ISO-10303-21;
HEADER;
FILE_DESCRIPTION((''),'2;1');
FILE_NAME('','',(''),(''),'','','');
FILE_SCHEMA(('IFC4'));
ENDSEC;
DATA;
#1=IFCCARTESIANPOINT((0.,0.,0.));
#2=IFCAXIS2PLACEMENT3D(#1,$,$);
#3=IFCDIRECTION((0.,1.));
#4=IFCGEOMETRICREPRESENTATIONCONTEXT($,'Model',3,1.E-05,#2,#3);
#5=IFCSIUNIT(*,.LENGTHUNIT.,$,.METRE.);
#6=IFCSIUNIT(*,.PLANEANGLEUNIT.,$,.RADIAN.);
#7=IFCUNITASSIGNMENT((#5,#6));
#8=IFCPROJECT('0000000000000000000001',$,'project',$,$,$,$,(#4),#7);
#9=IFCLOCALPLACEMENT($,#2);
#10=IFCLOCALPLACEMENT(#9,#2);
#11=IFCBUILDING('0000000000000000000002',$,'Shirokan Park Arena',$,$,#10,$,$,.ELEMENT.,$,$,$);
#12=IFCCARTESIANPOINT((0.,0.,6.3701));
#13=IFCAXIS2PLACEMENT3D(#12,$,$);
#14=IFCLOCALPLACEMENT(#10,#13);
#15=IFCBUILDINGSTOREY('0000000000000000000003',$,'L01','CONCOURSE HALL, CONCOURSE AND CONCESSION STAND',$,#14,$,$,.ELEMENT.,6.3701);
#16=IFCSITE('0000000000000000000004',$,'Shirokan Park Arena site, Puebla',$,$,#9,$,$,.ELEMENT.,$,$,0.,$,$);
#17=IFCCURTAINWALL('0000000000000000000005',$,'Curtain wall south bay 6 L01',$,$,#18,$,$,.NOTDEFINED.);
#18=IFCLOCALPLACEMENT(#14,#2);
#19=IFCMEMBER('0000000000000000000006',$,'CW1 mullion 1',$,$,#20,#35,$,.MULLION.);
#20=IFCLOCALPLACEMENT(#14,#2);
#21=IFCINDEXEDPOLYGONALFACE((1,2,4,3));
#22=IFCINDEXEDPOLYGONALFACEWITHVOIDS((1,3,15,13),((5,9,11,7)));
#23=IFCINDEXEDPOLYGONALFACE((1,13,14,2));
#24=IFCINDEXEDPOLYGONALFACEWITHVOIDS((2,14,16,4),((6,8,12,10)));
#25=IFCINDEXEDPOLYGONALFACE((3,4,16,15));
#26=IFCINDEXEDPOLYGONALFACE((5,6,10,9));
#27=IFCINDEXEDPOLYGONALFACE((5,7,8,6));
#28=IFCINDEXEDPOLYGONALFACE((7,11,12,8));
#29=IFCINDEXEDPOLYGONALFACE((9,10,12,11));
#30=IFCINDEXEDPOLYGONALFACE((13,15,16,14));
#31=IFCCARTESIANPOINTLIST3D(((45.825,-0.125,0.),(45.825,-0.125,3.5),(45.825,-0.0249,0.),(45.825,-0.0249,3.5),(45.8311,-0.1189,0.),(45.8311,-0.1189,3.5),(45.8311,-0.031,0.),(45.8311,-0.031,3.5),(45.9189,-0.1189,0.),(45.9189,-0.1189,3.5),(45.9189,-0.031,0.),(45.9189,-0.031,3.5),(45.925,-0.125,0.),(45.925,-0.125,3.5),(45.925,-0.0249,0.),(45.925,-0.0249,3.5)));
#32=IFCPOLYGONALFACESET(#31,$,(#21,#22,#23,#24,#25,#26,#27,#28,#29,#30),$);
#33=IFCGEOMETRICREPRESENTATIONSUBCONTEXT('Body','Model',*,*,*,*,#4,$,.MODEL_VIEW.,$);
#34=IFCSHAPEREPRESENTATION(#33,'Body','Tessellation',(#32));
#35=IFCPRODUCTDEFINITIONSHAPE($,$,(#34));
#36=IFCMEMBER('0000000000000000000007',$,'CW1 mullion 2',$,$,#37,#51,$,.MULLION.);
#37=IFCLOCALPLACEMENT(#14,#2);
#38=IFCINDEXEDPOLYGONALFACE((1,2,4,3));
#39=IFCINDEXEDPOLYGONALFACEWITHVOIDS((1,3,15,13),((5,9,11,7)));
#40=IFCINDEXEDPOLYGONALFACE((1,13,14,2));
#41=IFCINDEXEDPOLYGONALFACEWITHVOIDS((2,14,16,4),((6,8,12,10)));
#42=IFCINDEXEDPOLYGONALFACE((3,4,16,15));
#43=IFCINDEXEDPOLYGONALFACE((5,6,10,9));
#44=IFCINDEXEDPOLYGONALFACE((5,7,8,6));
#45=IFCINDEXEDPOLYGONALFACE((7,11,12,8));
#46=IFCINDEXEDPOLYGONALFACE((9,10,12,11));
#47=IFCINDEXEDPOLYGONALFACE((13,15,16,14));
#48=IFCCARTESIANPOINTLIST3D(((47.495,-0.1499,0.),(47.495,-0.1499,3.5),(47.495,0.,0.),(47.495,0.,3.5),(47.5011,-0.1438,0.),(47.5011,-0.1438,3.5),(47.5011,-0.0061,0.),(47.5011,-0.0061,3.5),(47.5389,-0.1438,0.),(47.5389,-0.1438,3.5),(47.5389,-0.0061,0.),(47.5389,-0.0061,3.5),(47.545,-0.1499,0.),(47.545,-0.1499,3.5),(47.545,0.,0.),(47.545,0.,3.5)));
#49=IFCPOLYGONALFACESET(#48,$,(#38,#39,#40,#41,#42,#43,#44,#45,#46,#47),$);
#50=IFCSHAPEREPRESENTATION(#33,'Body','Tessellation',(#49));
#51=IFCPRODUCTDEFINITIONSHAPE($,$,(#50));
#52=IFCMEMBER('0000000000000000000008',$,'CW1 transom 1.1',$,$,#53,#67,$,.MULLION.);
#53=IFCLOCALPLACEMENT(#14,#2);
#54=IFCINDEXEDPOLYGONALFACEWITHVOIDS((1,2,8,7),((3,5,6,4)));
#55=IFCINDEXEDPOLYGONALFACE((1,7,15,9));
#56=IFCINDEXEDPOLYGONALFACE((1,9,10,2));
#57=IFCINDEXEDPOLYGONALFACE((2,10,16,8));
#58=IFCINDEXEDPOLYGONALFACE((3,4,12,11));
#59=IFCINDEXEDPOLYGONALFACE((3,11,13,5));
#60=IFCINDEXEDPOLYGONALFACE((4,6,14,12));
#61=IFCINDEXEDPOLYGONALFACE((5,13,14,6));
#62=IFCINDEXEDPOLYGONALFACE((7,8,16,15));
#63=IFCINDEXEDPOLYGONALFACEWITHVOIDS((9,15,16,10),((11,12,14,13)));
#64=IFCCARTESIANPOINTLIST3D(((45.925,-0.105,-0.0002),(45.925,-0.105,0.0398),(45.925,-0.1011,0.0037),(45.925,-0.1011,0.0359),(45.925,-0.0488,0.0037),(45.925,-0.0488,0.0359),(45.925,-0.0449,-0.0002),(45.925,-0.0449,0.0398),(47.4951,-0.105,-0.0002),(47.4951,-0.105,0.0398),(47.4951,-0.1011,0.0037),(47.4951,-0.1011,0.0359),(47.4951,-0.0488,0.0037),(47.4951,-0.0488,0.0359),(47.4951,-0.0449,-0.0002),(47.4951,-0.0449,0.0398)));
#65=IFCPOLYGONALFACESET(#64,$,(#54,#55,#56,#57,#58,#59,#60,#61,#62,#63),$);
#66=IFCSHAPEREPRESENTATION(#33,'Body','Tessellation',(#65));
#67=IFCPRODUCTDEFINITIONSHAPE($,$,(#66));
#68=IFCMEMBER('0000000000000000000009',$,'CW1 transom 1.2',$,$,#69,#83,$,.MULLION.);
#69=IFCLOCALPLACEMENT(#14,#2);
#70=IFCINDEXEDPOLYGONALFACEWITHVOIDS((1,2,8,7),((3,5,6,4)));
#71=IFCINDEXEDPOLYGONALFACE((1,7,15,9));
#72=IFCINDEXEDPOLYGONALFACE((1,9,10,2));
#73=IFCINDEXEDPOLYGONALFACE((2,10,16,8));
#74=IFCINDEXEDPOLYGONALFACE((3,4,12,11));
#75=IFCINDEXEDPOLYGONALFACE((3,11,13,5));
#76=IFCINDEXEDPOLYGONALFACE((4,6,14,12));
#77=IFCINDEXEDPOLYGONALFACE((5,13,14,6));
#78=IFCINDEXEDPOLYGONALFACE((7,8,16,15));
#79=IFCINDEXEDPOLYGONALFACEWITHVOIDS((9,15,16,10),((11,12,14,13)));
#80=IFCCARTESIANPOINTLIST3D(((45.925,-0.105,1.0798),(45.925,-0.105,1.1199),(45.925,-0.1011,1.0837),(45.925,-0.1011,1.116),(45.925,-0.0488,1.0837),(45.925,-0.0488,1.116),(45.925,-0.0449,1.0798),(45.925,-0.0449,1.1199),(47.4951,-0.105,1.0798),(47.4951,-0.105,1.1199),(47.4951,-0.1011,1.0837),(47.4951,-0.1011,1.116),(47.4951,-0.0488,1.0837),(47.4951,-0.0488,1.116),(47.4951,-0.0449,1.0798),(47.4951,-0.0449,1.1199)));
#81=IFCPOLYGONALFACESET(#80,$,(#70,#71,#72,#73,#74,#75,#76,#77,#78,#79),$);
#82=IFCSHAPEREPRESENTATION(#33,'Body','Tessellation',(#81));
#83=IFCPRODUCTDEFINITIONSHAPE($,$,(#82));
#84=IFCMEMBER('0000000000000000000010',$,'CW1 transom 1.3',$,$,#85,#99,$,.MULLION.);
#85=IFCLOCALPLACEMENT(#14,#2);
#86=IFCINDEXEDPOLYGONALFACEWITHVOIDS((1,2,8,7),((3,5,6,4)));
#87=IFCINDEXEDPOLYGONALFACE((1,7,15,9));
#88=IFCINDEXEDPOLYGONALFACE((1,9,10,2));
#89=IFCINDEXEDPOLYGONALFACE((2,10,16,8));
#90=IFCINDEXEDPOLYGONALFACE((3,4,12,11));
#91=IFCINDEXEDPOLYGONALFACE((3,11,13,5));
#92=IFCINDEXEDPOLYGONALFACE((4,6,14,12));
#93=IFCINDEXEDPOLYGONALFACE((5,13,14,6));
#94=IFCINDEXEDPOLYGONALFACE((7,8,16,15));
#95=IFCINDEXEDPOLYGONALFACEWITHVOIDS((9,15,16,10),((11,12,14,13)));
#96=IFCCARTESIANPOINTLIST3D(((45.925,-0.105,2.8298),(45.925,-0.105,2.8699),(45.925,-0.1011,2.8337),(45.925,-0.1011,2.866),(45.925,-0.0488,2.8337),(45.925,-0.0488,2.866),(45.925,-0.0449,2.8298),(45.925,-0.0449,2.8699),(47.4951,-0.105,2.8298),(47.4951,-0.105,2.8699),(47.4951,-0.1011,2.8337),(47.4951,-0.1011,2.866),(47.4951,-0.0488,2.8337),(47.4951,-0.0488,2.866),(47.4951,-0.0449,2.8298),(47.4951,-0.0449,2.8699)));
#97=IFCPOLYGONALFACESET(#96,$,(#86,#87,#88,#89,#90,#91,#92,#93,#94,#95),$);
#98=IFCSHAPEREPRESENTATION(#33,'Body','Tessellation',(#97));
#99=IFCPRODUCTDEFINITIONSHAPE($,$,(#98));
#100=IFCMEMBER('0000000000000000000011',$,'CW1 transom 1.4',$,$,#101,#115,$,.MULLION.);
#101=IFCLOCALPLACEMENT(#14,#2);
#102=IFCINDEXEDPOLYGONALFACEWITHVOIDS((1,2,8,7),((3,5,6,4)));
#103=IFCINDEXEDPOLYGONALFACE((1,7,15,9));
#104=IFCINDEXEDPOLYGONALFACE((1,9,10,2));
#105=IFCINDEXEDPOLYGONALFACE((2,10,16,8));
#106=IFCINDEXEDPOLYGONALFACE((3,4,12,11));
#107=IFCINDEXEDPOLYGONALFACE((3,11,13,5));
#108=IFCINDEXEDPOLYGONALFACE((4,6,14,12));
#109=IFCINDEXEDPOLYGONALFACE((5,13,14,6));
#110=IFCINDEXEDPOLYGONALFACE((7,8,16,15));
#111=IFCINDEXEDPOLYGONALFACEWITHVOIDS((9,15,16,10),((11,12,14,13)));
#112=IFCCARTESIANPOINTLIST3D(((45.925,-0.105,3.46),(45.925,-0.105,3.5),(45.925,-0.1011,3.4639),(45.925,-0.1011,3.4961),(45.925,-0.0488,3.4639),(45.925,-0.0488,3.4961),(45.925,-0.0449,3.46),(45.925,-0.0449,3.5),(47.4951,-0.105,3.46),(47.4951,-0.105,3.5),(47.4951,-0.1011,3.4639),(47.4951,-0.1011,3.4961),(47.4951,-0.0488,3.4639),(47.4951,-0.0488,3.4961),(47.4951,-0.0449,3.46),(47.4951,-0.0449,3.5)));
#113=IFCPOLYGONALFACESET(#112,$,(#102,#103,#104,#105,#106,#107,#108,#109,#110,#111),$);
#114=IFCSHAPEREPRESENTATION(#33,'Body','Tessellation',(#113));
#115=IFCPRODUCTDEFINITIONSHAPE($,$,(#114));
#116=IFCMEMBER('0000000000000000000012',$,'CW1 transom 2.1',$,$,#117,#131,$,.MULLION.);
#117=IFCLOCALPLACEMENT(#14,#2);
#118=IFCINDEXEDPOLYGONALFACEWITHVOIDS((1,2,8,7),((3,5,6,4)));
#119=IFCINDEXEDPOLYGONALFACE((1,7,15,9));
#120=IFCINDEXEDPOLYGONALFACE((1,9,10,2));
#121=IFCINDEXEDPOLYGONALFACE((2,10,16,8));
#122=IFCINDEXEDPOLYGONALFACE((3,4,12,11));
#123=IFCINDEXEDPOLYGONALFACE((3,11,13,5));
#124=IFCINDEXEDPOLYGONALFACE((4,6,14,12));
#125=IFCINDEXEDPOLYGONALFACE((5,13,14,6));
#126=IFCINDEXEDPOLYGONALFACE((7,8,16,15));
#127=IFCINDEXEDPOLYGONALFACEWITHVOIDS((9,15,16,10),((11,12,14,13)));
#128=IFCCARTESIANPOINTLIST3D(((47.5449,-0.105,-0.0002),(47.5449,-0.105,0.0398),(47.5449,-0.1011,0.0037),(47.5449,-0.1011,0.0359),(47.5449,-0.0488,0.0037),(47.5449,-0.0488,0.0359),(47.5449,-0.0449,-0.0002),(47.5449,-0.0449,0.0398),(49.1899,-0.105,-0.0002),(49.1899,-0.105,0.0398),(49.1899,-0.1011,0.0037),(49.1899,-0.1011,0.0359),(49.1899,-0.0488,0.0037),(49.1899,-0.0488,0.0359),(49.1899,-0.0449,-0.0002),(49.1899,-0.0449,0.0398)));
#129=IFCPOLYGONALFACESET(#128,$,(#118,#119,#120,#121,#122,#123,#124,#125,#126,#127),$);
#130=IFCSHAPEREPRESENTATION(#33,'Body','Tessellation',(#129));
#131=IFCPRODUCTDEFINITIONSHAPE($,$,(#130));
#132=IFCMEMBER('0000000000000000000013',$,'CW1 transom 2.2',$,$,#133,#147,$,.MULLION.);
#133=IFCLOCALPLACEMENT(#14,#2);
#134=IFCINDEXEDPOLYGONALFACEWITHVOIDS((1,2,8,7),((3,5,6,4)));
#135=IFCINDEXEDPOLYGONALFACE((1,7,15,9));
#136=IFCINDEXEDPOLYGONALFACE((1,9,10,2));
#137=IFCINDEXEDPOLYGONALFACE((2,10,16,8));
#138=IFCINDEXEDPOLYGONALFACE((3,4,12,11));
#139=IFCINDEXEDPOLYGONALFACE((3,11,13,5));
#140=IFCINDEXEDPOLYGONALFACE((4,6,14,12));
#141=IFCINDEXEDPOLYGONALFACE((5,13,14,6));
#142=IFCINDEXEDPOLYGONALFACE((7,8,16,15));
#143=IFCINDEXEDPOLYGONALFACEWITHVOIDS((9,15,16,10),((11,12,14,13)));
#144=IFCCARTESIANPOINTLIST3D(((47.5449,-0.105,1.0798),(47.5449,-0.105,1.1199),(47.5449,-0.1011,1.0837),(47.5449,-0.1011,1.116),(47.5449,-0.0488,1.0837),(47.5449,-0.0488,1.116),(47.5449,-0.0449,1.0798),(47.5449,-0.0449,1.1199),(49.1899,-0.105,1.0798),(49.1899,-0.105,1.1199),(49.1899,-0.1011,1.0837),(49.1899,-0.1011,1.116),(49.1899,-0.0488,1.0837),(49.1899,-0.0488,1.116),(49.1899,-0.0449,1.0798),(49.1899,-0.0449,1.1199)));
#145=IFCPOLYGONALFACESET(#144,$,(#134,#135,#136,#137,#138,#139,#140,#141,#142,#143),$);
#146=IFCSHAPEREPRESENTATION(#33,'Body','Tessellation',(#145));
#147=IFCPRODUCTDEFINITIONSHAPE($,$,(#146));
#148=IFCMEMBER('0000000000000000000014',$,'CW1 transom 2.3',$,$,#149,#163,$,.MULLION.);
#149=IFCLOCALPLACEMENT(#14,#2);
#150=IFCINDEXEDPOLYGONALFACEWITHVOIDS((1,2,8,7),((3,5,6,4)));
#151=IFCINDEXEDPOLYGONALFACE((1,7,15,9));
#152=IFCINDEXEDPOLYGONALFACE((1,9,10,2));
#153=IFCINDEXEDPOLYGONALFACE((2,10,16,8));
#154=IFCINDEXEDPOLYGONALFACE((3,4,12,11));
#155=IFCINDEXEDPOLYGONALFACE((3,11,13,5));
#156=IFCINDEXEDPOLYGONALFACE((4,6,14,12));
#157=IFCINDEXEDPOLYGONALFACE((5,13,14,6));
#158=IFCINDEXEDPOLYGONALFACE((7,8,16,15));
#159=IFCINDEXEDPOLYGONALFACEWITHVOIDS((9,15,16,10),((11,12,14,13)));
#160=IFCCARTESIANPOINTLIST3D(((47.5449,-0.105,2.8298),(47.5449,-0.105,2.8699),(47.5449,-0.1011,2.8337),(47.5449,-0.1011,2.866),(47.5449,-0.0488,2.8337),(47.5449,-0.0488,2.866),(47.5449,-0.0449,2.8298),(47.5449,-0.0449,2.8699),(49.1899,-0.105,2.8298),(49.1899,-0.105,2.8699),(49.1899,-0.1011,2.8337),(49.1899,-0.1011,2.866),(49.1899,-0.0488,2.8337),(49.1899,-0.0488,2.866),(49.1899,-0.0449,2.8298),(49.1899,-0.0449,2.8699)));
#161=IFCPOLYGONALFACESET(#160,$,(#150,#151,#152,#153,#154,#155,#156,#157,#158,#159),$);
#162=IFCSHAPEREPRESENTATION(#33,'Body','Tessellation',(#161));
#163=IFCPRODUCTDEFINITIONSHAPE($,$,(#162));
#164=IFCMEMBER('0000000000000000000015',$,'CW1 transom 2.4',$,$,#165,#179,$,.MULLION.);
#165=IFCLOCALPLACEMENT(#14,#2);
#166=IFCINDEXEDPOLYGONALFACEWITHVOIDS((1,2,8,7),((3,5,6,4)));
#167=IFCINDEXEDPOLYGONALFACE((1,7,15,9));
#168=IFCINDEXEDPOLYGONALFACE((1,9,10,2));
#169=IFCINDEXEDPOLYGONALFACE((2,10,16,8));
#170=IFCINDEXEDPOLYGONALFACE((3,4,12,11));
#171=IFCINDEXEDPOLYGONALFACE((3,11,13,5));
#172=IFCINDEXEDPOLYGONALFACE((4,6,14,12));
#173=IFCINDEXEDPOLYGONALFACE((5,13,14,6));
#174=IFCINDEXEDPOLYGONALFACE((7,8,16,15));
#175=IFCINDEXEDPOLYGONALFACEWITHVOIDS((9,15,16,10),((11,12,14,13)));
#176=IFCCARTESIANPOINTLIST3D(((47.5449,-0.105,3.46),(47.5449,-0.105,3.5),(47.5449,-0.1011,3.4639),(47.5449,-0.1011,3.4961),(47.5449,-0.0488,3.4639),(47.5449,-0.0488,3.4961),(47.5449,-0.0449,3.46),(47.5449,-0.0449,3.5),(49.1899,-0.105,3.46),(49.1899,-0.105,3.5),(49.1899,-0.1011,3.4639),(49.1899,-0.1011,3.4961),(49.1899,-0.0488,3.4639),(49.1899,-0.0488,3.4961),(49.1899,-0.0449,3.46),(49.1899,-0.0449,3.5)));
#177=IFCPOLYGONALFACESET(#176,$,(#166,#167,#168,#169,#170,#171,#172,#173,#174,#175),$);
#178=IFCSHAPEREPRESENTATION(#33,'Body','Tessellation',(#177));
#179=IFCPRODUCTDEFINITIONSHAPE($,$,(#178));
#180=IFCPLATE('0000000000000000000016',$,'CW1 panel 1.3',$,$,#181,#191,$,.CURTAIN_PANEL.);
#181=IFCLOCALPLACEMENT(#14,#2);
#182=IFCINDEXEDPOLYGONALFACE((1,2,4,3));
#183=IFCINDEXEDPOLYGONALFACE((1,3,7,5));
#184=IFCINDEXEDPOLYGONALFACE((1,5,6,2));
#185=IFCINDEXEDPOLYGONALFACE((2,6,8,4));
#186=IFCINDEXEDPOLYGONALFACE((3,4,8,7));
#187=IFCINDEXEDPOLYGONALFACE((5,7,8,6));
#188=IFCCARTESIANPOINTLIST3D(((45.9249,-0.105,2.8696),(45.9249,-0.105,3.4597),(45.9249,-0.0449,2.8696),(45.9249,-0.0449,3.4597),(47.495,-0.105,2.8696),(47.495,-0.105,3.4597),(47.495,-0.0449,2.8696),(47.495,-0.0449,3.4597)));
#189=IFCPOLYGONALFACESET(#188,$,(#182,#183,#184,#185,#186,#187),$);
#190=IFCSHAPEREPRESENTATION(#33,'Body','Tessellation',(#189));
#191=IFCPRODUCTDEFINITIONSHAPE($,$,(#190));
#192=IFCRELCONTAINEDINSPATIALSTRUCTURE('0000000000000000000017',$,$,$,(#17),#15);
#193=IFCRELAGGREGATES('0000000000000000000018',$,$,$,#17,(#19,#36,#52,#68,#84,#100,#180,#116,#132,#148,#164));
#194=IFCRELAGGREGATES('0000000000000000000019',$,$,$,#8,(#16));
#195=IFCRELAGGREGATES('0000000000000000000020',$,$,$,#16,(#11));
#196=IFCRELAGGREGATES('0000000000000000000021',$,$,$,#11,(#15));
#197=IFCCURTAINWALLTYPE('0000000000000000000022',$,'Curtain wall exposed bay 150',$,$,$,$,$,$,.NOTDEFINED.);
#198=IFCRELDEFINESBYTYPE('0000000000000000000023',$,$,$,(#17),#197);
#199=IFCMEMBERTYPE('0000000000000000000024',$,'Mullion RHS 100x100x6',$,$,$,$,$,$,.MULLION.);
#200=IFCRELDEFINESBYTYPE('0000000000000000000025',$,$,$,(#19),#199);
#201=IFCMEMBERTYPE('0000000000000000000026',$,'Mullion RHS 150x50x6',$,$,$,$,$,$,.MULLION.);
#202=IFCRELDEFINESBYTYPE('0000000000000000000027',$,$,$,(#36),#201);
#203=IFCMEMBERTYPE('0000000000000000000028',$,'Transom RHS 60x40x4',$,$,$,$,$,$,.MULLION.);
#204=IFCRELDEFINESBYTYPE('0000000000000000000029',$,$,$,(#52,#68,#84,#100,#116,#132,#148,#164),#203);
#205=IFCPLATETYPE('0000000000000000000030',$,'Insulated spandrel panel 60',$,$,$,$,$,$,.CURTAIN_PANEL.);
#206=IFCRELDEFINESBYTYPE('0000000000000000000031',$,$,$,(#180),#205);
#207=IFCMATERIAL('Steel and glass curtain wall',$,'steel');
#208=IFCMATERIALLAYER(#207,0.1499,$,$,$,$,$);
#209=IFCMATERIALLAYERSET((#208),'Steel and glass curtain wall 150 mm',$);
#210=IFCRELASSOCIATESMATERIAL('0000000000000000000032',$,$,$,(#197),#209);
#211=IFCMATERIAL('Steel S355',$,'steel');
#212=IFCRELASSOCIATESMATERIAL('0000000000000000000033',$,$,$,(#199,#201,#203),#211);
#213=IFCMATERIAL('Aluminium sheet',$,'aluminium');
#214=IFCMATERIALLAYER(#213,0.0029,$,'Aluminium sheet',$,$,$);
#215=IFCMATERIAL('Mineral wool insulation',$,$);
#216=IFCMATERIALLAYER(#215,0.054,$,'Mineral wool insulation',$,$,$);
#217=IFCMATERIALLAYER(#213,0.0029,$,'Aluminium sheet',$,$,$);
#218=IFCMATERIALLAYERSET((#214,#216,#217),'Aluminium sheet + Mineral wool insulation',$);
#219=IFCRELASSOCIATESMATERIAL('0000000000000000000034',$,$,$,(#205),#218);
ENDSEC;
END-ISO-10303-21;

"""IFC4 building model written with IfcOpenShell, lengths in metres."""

from ifc_helpers import new_model, si_unit, direction, frame, origin, origin_2d, place, context, subcontext, project, spatial, rectangle, hollow_rectangle, extrude, material, layer, layer_set, material_profile, profile_set, type_object, element, aggregate, save


model = new_model("IFC4")

# Units and contexts
model_context = context("Model", 3, precision=1e-05, world=origin(), true_north=direction((0.0, 1.0)))
body_context = subcontext(model_context, "Body", "Model", "MODEL_VIEW")
ifc_project = project(units=[si_unit("LENGTHUNIT", "METRE"), si_unit("PLANEANGLEUNIT", "RADIAN")], contexts=[model_context])

# Site, building, storey
site_placement = place(None, origin())
site = spatial("IfcSite", under=ifc_project, at=site_placement, Name="Shirokan Park Arena site, Puebla", CompositionType="ELEMENT", RefElevation=0.0)
building_placement = place(site_placement, origin())
building = spatial("IfcBuilding", under=site, at=building_placement, Name="Shirokan Park Arena", CompositionType="ELEMENT")
storey_placement = place(building_placement, frame((0.0, 0.0, 6.3701)))
storey = spatial("IfcBuildingStorey", under=building, at=storey_placement, Name="L01", Description="CONCOURSE HALL, CONCOURSE AND CONCESSION STAND", CompositionType="ELEMENT", Elevation=6.3701)

# Curtain wall, members, plate
ifc_material_1 = material(Name="Steel and glass curtain wall", Category="steel")
ifc_layer_1 = layer(ifc_material_1, 0.1499)
ifc_layer_set_1 = layer_set([ifc_layer_1], Name="Steel and glass curtain wall 150 mm")
curtain_wall_type = type_object("IfcCurtainWallType", Name="Curtain wall exposed bay 150", PredefinedType="NOTDEFINED", material=ifc_layer_set_1)
curtain_wall_placement = place(storey_placement, origin())
curtain_wall = element("IfcCurtainWall", 1, at=curtain_wall_placement, inside=storey, type_object=curtain_wall_type, Name="Curtain wall south bay 6 L01", PredefinedType="NOTDEFINED")
ifc_material_2 = material(Name="Steel S355", Category="steel")
ifc_material_profile_1 = material_profile(ifc_material_2, hollow_rectangle(XDim=0.1001, YDim=0.1001, WallThickness=0.0061, at=origin_2d()), Name="RHS 100x100x6")
ifc_profile_set_1 = profile_set([ifc_material_profile_1], Name="Steel S355")
member_type_1 = type_object("IfcMemberType", Name="Mullion RHS 100x100x6", PredefinedType="MULLION", material=ifc_profile_set_1)
member_1_placement = place(storey_placement, frame((45.875, -0.075, 0.0), z_axis=(0.0, 0.0, 1.0), x_axis=(0.0, 1.0, 0.0)))
member_1 = element("IfcMember", 2, at=member_1_placement, type_object=member_type_1, Name="CW1 mullion 1", PredefinedType="MULLION", context=body_context, shape_type="SweptSolid", body=[
    extrude(hollow_rectangle(XDim=0.1001, YDim=0.1001, WallThickness=0.0061, at=origin_2d()), origin(), (0.0, 0.0, 1.0), 3.5),
])
ifc_material_profile_2 = material_profile(ifc_material_2, hollow_rectangle(XDim=0.1499, YDim=0.05, WallThickness=0.0061, at=origin_2d()), Name="RHS 150x50x6")
ifc_profile_set_2 = profile_set([ifc_material_profile_2], Name="Steel S355")
member_type_2 = type_object("IfcMemberType", Name="Mullion RHS 150x50x6", PredefinedType="MULLION", material=ifc_profile_set_2)
member_2_placement = place(storey_placement, frame((47.52, -0.075, 0.0), z_axis=(0.0, 0.0, 1.0), x_axis=(0.0, 1.0, 0.0)))
member_2 = element("IfcMember", 3, at=member_2_placement, type_object=member_type_2, Name="CW1 mullion 2", PredefinedType="MULLION", context=body_context, shape_type="SweptSolid", body=[
    extrude(hollow_rectangle(XDim=0.1499, YDim=0.05, WallThickness=0.0061, at=origin_2d()), origin(), (0.0, 0.0, 1.0), 3.5),
])
ifc_material_profile_3 = material_profile(ifc_material_2, hollow_rectangle(XDim=0.0601, YDim=0.04, WallThickness=0.0039, at=origin_2d()), Name="RHS 60x40x4")
ifc_profile_set_3 = profile_set([ifc_material_profile_3], Name="Steel S355")
member_type_3 = type_object("IfcMemberType", Name="Transom RHS 60x40x4", PredefinedType="MULLION", material=ifc_profile_set_3)
member_3_placement = place(storey_placement, frame((45.925, -0.075, 0.0198), z_axis=(1.0, 0.0, 0.0), x_axis=(0.0, 1.0, 0.0)))
member_3 = element("IfcMember", 4, at=member_3_placement, type_object=member_type_3, Name="CW1 transom 1.1", PredefinedType="MULLION", context=body_context, shape_type="SweptSolid", body=[
    extrude(hollow_rectangle(XDim=0.0601, YDim=0.04, WallThickness=0.0039, at=origin_2d()), origin(), (0.0, 0.0, 1.0), 1.5701),
])
member_4_placement = place(storey_placement, frame((45.925, -0.075, 1.0999), z_axis=(1.0, 0.0, 0.0), x_axis=(0.0, 1.0, 0.0)))
member_4 = element("IfcMember", 5, at=member_4_placement, type_object=member_type_3, Name="CW1 transom 1.2", PredefinedType="MULLION", context=body_context, shape_type="SweptSolid", body=[
    extrude(hollow_rectangle(XDim=0.0601, YDim=0.04, WallThickness=0.0039, at=origin_2d()), origin(), (0.0, 0.0, 1.0), 1.5701),
])
member_5_placement = place(storey_placement, frame((45.925, -0.075, 2.8499), z_axis=(1.0, 0.0, 0.0), x_axis=(0.0, 1.0, 0.0)))
member_5 = element("IfcMember", 6, at=member_5_placement, type_object=member_type_3, Name="CW1 transom 1.3", PredefinedType="MULLION", context=body_context, shape_type="SweptSolid", body=[
    extrude(hollow_rectangle(XDim=0.0601, YDim=0.04, WallThickness=0.0039, at=origin_2d()), origin(), (0.0, 0.0, 1.0), 1.5701),
])
member_6_placement = place(storey_placement, frame((45.925, -0.075, 3.48), z_axis=(1.0, 0.0, 0.0), x_axis=(0.0, 1.0, 0.0)))
member_6 = element("IfcMember", 7, at=member_6_placement, type_object=member_type_3, Name="CW1 transom 1.4", PredefinedType="MULLION", context=body_context, shape_type="SweptSolid", body=[
    extrude(hollow_rectangle(XDim=0.0601, YDim=0.04, WallThickness=0.0039, at=origin_2d()), origin(), (0.0, 0.0, 1.0), 1.5701),
])
member_7_placement = place(storey_placement, frame((47.5449, -0.075, 0.0198), z_axis=(1.0, 0.0, 0.0), x_axis=(0.0, 1.0, 0.0)))
member_7 = element("IfcMember", 8, at=member_7_placement, type_object=member_type_3, Name="CW1 transom 2.1", PredefinedType="MULLION", context=body_context, shape_type="SweptSolid", body=[
    extrude(hollow_rectangle(XDim=0.0601, YDim=0.04, WallThickness=0.0039, at=origin_2d()), origin(), (0.0, 0.0, 1.0), 1.645),
])
member_8_placement = place(storey_placement, frame((47.5449, -0.075, 1.0999), z_axis=(1.0, 0.0, 0.0), x_axis=(0.0, 1.0, 0.0)))
member_8 = element("IfcMember", 9, at=member_8_placement, type_object=member_type_3, Name="CW1 transom 2.2", PredefinedType="MULLION", context=body_context, shape_type="SweptSolid", body=[
    extrude(hollow_rectangle(XDim=0.0601, YDim=0.04, WallThickness=0.0039, at=origin_2d()), origin(), (0.0, 0.0, 1.0), 1.645),
])
member_9_placement = place(storey_placement, frame((47.5449, -0.075, 2.8499), z_axis=(1.0, 0.0, 0.0), x_axis=(0.0, 1.0, 0.0)))
member_9 = element("IfcMember", 10, at=member_9_placement, type_object=member_type_3, Name="CW1 transom 2.3", PredefinedType="MULLION", context=body_context, shape_type="SweptSolid", body=[
    extrude(hollow_rectangle(XDim=0.0601, YDim=0.04, WallThickness=0.0039, at=origin_2d()), origin(), (0.0, 0.0, 1.0), 1.645),
])
member_10_placement = place(storey_placement, frame((47.5449, -0.075, 3.48), z_axis=(1.0, 0.0, 0.0), x_axis=(0.0, 1.0, 0.0)))
member_10 = element("IfcMember", 11, at=member_10_placement, type_object=member_type_3, Name="CW1 transom 2.4", PredefinedType="MULLION", context=body_context, shape_type="SweptSolid", body=[
    extrude(hollow_rectangle(XDim=0.0601, YDim=0.04, WallThickness=0.0039, at=origin_2d()), origin(), (0.0, 0.0, 1.0), 1.645),
])
ifc_material_3 = material(Name="Aluminium sheet", Category="aluminium")
ifc_layer_2 = layer(ifc_material_3, 0.0029, Name="Aluminium sheet")
ifc_material_4 = material(Name="Mineral wool insulation")
ifc_layer_3 = layer(ifc_material_4, 0.054, Name="Mineral wool insulation")
ifc_layer_4 = layer(ifc_material_3, 0.0029, Name="Aluminium sheet")
ifc_layer_set_2 = layer_set([ifc_layer_2, ifc_layer_3, ifc_layer_4], Name="Aluminium sheet + Mineral wool insulation")
plate_type_1 = type_object("IfcPlateType", Name="Insulated spandrel panel 60", PredefinedType="CURTAIN_PANEL", material=ifc_layer_set_2)
plate_1_placement = place(storey_placement, frame((46.71, -0.075, 2.8696), z_axis=(0.0, 0.0, 1.0), x_axis=(1.0, 0.0, 0.0)))
plate_1 = element("IfcPlate", 12, at=plate_1_placement, type_object=plate_type_1, Name="CW1 panel 1.3", PredefinedType="CURTAIN_PANEL", context=body_context, shape_type="SweptSolid", body=[
    extrude(rectangle(XDim=1.5701, YDim=0.0601, at=origin_2d()), origin(), (0.0, 0.0, 1.0), 0.5901),
])
aggregate(curtain_wall, [member_1, member_2, member_3, member_4, member_5, member_6, plate_1, member_7, member_8, member_9, member_10])

save(model, "model.ifc")
